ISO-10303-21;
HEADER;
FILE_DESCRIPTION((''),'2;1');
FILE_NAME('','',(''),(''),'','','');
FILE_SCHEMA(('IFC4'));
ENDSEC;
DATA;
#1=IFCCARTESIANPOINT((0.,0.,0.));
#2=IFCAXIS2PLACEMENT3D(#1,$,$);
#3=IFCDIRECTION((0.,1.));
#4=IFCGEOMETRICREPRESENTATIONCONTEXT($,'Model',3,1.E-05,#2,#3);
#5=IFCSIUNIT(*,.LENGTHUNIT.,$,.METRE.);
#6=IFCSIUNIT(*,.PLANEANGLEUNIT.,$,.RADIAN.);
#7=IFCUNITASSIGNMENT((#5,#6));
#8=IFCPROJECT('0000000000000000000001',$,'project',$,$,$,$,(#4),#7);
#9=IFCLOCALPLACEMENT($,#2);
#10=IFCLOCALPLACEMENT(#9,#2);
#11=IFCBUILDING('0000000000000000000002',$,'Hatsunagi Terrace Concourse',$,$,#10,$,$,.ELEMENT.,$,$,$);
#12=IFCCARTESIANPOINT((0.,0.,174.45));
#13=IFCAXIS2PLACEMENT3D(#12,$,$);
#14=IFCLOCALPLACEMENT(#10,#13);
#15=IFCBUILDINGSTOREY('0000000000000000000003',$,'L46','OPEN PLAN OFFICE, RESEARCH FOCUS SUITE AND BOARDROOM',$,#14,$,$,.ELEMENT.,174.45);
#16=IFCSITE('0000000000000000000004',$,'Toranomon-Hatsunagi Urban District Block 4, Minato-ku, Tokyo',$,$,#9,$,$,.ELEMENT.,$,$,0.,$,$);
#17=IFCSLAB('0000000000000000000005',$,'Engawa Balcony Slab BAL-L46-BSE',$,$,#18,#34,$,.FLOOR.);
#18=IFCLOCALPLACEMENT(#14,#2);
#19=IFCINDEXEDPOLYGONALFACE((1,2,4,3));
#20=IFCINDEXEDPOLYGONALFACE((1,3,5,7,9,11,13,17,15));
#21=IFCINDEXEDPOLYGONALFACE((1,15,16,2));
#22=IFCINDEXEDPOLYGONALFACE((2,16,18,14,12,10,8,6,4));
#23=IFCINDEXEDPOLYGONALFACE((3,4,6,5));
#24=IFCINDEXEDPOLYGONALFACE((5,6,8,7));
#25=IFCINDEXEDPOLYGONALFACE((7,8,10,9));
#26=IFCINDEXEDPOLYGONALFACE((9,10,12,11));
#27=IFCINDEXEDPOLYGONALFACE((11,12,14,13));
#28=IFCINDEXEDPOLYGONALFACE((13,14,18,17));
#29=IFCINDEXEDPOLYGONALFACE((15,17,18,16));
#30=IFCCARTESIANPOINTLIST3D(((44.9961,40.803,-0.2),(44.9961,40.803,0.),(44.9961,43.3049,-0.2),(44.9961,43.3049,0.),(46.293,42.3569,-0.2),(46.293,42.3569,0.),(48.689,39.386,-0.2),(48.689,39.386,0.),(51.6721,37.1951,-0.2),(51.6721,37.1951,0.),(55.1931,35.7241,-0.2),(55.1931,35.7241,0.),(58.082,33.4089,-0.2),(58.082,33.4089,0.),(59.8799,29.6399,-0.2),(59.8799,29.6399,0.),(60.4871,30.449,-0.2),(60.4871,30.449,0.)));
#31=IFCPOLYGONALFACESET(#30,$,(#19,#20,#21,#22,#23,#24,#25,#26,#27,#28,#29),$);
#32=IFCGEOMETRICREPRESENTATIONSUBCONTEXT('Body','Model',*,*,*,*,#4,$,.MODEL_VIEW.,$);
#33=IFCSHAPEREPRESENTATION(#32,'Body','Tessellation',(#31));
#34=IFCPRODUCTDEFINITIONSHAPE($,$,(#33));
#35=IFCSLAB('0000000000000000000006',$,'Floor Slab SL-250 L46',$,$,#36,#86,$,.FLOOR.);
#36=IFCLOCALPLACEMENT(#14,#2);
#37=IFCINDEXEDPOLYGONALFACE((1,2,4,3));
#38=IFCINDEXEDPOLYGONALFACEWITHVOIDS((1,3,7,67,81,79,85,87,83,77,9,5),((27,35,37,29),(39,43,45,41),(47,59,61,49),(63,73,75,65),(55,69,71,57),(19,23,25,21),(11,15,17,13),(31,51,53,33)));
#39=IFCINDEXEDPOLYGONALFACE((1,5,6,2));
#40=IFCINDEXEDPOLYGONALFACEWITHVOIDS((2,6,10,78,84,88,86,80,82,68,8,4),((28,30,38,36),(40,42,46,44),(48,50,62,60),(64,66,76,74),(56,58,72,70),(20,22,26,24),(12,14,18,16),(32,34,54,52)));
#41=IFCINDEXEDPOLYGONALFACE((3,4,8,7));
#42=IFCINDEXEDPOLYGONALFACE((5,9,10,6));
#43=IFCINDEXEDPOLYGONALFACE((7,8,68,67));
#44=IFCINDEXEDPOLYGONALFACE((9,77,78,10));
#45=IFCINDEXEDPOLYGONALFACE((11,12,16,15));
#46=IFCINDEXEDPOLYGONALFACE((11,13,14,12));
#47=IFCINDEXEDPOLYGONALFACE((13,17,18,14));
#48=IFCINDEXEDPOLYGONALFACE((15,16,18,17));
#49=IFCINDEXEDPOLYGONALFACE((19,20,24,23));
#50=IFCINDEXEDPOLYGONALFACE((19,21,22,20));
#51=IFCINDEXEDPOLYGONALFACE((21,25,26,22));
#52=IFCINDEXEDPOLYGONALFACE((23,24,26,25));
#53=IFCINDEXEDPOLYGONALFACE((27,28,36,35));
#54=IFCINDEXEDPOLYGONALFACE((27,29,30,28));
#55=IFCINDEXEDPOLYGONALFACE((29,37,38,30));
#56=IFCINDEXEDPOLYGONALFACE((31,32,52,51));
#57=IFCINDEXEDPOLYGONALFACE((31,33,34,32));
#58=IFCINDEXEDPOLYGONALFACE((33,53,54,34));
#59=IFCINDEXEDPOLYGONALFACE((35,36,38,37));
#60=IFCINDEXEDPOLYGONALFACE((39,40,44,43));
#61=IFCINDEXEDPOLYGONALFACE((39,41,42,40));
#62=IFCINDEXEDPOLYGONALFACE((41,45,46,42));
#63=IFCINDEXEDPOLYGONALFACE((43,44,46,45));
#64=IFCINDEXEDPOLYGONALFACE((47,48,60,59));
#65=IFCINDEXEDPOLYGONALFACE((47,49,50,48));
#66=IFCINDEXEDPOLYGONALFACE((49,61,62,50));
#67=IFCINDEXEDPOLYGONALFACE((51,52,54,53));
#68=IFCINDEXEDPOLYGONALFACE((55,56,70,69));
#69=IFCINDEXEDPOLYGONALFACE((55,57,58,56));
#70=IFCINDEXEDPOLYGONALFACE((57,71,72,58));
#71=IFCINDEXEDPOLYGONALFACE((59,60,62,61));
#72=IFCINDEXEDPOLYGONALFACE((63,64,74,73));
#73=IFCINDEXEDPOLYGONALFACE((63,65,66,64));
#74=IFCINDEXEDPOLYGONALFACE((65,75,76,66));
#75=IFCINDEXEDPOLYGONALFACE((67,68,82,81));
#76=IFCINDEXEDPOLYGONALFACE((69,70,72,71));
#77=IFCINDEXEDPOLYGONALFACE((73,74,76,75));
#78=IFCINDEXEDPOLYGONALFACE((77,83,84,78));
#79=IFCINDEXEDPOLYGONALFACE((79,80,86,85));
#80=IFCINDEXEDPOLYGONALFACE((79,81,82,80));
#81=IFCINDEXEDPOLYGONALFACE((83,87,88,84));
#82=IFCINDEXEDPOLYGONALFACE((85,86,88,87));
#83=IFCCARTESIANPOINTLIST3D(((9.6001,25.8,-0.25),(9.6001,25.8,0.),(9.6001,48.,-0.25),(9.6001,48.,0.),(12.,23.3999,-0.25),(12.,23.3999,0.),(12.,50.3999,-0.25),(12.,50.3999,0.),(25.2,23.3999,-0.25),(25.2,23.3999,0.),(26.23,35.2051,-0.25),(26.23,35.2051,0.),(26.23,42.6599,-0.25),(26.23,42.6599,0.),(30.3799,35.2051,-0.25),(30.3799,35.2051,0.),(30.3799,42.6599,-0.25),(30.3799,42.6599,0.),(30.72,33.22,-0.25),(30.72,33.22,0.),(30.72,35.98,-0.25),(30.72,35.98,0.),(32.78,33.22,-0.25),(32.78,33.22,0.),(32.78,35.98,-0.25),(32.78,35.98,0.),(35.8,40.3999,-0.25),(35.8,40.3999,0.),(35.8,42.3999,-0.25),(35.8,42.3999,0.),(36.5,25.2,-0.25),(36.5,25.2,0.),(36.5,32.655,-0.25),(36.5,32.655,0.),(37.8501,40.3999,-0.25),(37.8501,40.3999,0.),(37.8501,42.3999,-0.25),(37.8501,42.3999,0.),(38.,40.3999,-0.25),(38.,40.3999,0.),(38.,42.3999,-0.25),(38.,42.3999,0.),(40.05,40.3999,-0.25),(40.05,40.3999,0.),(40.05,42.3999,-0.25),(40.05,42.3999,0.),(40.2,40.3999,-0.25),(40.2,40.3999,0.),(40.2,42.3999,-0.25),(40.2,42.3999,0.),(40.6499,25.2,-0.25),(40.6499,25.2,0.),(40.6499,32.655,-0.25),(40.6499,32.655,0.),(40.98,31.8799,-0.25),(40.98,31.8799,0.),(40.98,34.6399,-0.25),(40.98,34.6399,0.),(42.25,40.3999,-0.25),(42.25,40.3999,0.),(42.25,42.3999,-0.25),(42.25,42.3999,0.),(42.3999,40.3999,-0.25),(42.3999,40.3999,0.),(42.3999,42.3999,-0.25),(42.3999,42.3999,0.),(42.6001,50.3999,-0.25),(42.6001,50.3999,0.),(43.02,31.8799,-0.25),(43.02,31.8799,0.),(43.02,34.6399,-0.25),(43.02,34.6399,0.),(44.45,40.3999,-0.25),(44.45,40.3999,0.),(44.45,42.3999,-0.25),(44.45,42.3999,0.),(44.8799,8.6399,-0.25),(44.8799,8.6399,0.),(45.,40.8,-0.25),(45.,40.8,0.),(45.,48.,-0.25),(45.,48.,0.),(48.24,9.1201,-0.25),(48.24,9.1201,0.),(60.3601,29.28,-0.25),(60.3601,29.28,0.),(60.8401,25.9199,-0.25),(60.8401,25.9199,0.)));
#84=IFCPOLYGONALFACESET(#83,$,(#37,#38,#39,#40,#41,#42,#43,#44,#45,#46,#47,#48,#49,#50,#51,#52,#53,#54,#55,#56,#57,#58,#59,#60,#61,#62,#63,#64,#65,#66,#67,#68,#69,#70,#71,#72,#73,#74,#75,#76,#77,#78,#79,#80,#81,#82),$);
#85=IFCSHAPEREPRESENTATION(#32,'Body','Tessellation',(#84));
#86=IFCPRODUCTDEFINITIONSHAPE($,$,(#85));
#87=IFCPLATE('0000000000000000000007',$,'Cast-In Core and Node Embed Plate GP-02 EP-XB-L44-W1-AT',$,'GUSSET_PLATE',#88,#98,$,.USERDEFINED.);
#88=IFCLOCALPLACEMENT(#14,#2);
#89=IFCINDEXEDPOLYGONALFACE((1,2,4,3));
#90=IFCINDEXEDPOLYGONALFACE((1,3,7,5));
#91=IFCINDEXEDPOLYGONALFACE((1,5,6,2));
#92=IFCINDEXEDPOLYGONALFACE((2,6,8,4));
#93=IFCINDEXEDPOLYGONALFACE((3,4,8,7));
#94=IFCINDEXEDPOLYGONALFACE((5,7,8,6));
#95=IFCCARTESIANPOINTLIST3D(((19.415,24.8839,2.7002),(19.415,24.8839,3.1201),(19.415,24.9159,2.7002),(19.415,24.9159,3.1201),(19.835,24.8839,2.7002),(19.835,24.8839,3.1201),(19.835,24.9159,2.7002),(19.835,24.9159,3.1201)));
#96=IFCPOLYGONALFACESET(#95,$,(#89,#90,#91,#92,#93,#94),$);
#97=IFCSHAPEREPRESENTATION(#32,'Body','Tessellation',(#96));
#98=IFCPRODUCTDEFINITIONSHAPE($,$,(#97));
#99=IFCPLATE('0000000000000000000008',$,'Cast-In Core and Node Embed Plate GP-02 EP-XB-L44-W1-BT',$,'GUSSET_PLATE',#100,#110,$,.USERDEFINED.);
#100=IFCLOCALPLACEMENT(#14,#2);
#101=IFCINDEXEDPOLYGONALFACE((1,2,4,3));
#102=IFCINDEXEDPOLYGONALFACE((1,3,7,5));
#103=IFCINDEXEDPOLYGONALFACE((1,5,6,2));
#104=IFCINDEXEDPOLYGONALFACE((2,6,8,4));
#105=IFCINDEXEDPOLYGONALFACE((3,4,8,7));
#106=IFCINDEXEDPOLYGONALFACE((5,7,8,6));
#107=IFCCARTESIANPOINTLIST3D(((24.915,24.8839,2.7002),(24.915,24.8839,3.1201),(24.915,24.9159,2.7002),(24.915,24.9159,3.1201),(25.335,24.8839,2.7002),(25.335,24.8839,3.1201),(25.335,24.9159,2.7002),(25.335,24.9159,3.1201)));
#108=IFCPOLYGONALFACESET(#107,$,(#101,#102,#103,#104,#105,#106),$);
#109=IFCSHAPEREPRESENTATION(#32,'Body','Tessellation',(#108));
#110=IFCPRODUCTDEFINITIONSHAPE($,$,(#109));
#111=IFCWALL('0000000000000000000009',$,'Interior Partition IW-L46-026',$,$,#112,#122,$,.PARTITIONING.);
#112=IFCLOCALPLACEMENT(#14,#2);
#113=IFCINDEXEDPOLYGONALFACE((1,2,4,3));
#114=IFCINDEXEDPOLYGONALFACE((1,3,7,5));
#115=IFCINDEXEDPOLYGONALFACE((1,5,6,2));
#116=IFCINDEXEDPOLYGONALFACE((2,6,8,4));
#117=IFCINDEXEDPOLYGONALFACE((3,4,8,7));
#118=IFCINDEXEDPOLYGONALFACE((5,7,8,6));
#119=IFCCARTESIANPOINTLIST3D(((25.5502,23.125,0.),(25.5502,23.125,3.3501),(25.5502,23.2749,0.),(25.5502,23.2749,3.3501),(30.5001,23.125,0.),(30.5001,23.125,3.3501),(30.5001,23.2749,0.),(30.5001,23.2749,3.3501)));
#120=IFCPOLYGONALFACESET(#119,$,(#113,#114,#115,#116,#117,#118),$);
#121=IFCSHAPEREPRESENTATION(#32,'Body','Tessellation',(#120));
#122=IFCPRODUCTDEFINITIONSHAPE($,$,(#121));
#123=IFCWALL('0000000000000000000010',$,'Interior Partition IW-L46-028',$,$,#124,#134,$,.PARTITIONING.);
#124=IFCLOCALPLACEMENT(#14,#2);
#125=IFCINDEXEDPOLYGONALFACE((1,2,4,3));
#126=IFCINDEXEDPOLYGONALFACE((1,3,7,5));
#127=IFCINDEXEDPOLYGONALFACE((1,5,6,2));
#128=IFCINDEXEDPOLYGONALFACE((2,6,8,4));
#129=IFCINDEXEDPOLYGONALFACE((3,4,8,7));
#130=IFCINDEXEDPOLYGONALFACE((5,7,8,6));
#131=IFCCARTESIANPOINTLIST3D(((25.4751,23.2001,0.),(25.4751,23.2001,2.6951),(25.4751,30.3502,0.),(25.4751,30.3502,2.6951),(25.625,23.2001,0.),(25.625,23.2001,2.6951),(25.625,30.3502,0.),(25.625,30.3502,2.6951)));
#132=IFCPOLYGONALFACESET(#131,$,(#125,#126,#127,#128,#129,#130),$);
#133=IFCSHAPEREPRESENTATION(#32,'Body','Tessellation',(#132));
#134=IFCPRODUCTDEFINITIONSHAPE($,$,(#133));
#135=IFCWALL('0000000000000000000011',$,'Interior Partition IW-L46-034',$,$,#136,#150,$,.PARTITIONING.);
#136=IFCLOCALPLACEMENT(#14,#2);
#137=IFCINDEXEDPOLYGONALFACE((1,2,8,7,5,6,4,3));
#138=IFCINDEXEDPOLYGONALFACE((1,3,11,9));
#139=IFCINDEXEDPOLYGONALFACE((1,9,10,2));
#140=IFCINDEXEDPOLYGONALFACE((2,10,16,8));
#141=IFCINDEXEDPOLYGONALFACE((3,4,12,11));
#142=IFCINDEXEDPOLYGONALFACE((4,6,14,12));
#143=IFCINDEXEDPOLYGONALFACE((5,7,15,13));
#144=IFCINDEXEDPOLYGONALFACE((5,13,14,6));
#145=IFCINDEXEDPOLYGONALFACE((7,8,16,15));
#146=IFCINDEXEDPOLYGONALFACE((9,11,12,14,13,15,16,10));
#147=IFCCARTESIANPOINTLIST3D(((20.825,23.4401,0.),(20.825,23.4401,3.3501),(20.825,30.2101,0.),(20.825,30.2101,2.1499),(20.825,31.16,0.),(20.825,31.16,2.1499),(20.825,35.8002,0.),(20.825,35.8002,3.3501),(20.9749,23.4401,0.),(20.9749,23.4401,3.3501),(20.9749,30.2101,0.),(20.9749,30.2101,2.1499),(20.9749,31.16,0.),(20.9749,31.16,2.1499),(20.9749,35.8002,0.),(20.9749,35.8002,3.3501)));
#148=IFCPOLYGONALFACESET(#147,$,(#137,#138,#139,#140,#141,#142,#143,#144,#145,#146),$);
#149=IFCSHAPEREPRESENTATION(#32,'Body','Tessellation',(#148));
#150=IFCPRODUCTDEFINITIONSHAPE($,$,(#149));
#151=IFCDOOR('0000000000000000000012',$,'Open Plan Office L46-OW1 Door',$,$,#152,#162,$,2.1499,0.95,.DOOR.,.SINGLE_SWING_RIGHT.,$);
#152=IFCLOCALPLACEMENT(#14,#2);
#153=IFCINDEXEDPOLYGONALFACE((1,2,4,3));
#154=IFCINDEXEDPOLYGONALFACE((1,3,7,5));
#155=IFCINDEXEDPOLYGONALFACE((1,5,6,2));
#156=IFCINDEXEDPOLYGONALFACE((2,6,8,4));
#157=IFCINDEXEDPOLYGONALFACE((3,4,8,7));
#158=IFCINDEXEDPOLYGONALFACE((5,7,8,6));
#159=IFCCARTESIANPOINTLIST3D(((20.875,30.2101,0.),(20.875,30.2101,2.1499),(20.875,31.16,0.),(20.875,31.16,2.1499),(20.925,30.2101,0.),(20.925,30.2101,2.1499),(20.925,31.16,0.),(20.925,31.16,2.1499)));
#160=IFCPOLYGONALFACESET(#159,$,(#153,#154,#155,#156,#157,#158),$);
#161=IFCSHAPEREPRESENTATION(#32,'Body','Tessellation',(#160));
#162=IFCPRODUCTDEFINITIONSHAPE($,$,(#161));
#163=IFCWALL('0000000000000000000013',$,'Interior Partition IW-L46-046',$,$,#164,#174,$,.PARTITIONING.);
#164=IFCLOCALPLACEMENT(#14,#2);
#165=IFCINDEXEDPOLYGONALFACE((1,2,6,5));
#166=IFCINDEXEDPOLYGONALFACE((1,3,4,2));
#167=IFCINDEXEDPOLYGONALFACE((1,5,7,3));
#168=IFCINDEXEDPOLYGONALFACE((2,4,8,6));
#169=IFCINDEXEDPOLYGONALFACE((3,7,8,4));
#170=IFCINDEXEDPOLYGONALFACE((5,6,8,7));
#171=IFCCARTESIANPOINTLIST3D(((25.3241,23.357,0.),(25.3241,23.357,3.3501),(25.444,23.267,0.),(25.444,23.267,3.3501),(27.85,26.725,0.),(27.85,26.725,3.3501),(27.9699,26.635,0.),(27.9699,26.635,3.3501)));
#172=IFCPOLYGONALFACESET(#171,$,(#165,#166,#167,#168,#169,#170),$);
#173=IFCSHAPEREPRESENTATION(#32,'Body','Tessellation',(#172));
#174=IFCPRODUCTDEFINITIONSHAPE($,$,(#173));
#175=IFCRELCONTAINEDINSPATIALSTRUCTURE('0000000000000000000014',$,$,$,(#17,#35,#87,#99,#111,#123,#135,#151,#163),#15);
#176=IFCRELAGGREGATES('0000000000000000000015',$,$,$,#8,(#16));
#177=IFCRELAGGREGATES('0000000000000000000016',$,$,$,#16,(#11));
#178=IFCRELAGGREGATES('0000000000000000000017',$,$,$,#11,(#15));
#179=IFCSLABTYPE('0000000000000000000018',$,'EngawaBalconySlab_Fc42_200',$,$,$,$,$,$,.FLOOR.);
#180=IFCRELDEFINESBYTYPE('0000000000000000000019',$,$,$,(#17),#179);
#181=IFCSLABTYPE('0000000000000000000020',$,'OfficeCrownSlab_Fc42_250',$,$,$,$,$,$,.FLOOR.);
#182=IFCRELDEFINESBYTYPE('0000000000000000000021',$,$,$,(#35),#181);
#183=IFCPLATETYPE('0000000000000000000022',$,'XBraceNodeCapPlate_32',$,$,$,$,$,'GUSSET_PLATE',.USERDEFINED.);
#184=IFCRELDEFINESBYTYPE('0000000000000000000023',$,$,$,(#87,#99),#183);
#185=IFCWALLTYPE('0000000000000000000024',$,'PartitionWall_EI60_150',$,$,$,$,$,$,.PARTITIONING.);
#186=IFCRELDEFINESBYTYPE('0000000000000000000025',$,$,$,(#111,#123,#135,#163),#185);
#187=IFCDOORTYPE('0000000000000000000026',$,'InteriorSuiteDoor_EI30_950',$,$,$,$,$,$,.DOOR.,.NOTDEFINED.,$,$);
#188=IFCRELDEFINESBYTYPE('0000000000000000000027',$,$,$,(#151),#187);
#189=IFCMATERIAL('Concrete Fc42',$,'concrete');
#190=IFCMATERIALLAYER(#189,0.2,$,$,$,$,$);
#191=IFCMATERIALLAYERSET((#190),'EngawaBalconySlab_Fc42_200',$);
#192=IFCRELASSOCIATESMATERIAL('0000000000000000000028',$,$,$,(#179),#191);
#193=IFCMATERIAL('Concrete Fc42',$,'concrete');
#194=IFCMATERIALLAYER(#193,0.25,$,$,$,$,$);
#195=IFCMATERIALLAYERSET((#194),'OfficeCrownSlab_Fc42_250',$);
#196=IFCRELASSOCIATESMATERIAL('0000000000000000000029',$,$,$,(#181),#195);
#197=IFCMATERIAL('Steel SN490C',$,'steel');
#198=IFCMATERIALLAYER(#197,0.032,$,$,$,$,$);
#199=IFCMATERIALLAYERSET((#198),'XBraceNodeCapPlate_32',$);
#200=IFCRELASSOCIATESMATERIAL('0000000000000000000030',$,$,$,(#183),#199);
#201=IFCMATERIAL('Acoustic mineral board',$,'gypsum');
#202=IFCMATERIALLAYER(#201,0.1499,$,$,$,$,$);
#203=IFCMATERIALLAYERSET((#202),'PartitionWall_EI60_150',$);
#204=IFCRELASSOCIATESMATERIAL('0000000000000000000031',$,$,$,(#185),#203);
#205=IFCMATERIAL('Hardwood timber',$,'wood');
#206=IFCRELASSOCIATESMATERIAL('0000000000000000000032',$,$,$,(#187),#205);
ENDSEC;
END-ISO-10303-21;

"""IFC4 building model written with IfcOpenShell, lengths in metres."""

from ifc_helpers import new_model, si_unit, direction, frame, frame_2d, origin, origin_2d, place, context, subcontext, project, spatial, polyline, rectangle, outline, extrude, material, layer, layer_set, type_object, element, fill, save


model = new_model("IFC4")

# Units and contexts
model_context = context("Model", 3, precision=1e-05, world=origin(), true_north=direction((0.0, 1.0)))
body_context = subcontext(model_context, "Body", "Model", "MODEL_VIEW")
ifc_project = project(units=[si_unit("LENGTHUNIT", "METRE"), si_unit("PLANEANGLEUNIT", "RADIAN")], contexts=[model_context])

# Site, building, storey
site_placement = place(None, origin())
site = spatial("IfcSite", under=ifc_project, at=site_placement, Name="Toranomon-Hatsunagi Urban District Block 4, Minato-ku, Tokyo", CompositionType="ELEMENT", RefElevation=0.0)
building_placement = place(site_placement, origin())
building = spatial("IfcBuilding", under=site, at=building_placement, Name="Hatsunagi Terrace Concourse", CompositionType="ELEMENT")
storey_placement = place(building_placement, frame((0.0, 0.0, 174.45)))
storey = spatial("IfcBuildingStorey", under=building, at=storey_placement, Name="L46", Description="OPEN PLAN OFFICE, RESEARCH FOCUS SUITE AND BOARDROOM", CompositionType="ELEMENT", Elevation=174.45)

# Slabs
ifc_material_1 = material(Name="Concrete Fc42", Category="concrete")
ifc_layer_1 = layer(ifc_material_1, 0.2)
ifc_layer_set_1 = layer_set([ifc_layer_1], Name="EngawaBalconySlab_Fc42_200")
slab_type_1 = type_object("IfcSlabType", Name="EngawaBalconySlab_Fc42_200", PredefinedType="FLOOR", material=ifc_layer_set_1)
slab_1_placement = place(storey_placement, frame((0.0, 0.0, -0.2)))
element("IfcSlab", 1, at=slab_1_placement, inside=storey, type_object=slab_type_1, Name="Engawa Balcony Slab BAL-L46-BSE", PredefinedType="FLOOR", context=body_context, shape_type="SweptSolid", body=[
    extrude(outline(polyline([(46.293, 42.3569), (44.9961, 43.3049), (44.9961, 40.803), (59.8799, 29.6399), (60.4871, 30.449), (58.082, 33.4089), (55.1931, 35.7241), (51.6721, 37.1951), (48.689, 39.386), (46.293, 42.3569)])), origin(), (0.0, 0.0, 1.0), 0.2),
])
ifc_material_2 = material(Name="Concrete Fc42", Category="concrete")
ifc_layer_2 = layer(ifc_material_2, 0.25)
ifc_layer_set_2 = layer_set([ifc_layer_2], Name="OfficeCrownSlab_Fc42_250")
slab_type_2 = type_object("IfcSlabType", Name="OfficeCrownSlab_Fc42_250", PredefinedType="FLOOR", material=ifc_layer_set_2)
slab_2_placement = place(storey_placement, frame((0.0, 0.0, -0.25)))
element("IfcSlab", 2, at=slab_2_placement, inside=storey, type_object=slab_type_2, Name="Floor Slab SL-250 L46", PredefinedType="FLOOR", context=body_context, shape_type="SweptSolid", body=[
    extrude(outline(polyline([(45.0, 40.8), (45.0, 48.0), (42.6001, 50.3999), (12.0, 50.3999), (9.6001, 48.0), (9.6001, 25.8), (12.0, 23.3999), (25.2, 23.3999), (44.8799, 8.6399), (48.24, 9.1201), (60.8401, 25.9199), (60.3601, 29.28), (45.0, 40.8)]), holes=[polyline([(26.23, 35.2051), (30.3799, 35.2051), (30.3799, 42.6599), (26.23, 42.6599), (26.23, 35.2051)]), polyline([(36.5, 25.2), (40.6499, 25.2), (40.6499, 32.655), (36.5, 32.655), (36.5, 25.2)]), polyline([(30.72, 33.22), (32.78, 33.22), (32.78, 35.98), (30.72, 35.98), (30.72, 33.22)]), polyline([(40.98, 31.8799), (43.02, 31.8799), (43.02, 34.6399), (40.98, 34.6399), (40.98, 31.8799)]), polyline([(35.8, 40.3999), (37.8501, 40.3999), (37.8501, 42.3999), (35.8, 42.3999), (35.8, 40.3999)]), polyline([(38.0, 40.3999), (40.05, 40.3999), (40.05, 42.3999), (38.0, 42.3999), (38.0, 40.3999)]), polyline([(40.2, 40.3999), (42.25, 40.3999), (42.25, 42.3999), (40.2, 42.3999), (40.2, 40.3999)]), polyline([(42.3999, 40.3999), (44.45, 40.3999), (44.45, 42.3999), (42.3999, 42.3999), (42.3999, 40.3999)])]), origin(), (0.0, 0.0, 1.0), 0.25),
])

# Plates
ifc_material_3 = material(Name="Steel SN490C", Category="steel")
ifc_layer_3 = layer(ifc_material_3, 0.032)
ifc_layer_set_3 = layer_set([ifc_layer_3], Name="XBraceNodeCapPlate_32")
plate_type_1 = type_object("IfcPlateType", Name="XBraceNodeCapPlate_32", ElementType="GUSSET_PLATE", PredefinedType="USERDEFINED", material=ifc_layer_set_3)
for number, where, z_axis, x_axis, name in (
    (3, (19.625, 24.8999, 2.7002), (0.0, 0.0, 1.0), (1.0, 0.0, 0.0), "Cast-In Core and Node Embed Plate GP-02 EP-XB-L44-W1-AT"),
    (4, (25.125, 24.8999, 2.7002), (0.0, 0.0, 1.0), (1.0, 0.0, 0.0), "Cast-In Core and Node Embed Plate GP-02 EP-XB-L44-W1-BT"),
):
    element("IfcPlate", number, at=place(storey_placement, frame(where, z_axis=z_axis, x_axis=x_axis)), inside=storey, type_object=plate_type_1, Name=name, ObjectType="GUSSET_PLATE", PredefinedType="USERDEFINED", context=body_context, shape_type="SweptSolid", body=[
        extrude(rectangle(XDim=0.4199, YDim=0.032, at=origin_2d()), origin(), (0.0, 0.0, 1.0), 0.4199),
    ])

# Walls
ifc_material_4 = material(Name="Acoustic mineral board", Category="gypsum")
ifc_layer_4 = layer(ifc_material_4, 0.1499)
ifc_layer_set_4 = layer_set([ifc_layer_4], Name="PartitionWall_EI60_150")
wall_type_1 = type_object("IfcWallType", Name="PartitionWall_EI60_150", PredefinedType="PARTITIONING", material=ifc_layer_set_4)
wall_1_placement = place(storey_placement, frame((25.55, 23.2, 0.0), z_axis=(0.0, 0.0, 1.0), x_axis=(1.0, 0.0, 0.0)))
element("IfcWall", 5, at=wall_1_placement, inside=storey, type_object=wall_type_1, Name="Interior Partition IW-L46-026", PredefinedType="PARTITIONING", context=body_context, shape_type="SweptSolid", body=[
    extrude(rectangle(XDim=4.95, YDim=0.1499, at=frame_2d((2.4751, 0.0))), origin(), (0.0, 0.0, 1.0), 3.3501),
])
wall_2_placement = place(storey_placement, frame((25.55, 23.2, 0.0), z_axis=(0.0, 0.0, 1.0), x_axis=(0.0, 1.0, 0.0)))
element("IfcWall", 6, at=wall_2_placement, inside=storey, type_object=wall_type_1, Name="Interior Partition IW-L46-028", PredefinedType="PARTITIONING", context=body_context, shape_type="SweptSolid", body=[
    extrude(rectangle(XDim=7.1501, YDim=0.1499, at=frame_2d((3.5752, 0.0))), origin(), (0.0, 0.0, 1.0), 2.6951),
])

# Wall, opening, door
wall_3_placement = place(storey_placement, frame((20.8999, 23.4399, 0.0), z_axis=(0.0, 0.0, 1.0), x_axis=(0.0, 1.0, 0.0)))
wall_3 = element("IfcWall", 7, at=wall_3_placement, inside=storey, type_object=wall_type_1, Name="Interior Partition IW-L46-034", PredefinedType="PARTITIONING", context=body_context, shape_type="SweptSolid", body=[
    extrude(rectangle(XDim=12.3601, YDim=0.1499, at=frame_2d((6.1802, 0.0))), origin(), (0.0, 0.0, 1.0), 3.3501),
])
opening_placement = place(wall_3_placement, frame((6.77, 0.0, 0.0)))
opening = element("IfcOpeningElement", 8, at=opening_placement, cuts=wall_3, PredefinedType="OPENING", context=body_context, shape_type="SweptSolid", body=[
    extrude(rectangle(XDim=0.95, YDim=2.1499, at=frame_2d((0.4751, 1.075))), frame((0.0, 0.085, 0.0), z_axis=(0.0, -1.0, 0.0), x_axis=(1.0, 0.0, 0.0)), (0.0, 0.0, 1.0), 0.1699),
])
ifc_material_5 = material(Name="Hardwood timber", Category="wood")
door_type = type_object("IfcDoorType", Name="InteriorSuiteDoor_EI30_950", OperationType="NOTDEFINED", PredefinedType="DOOR", material=ifc_material_5)
door_placement = place(opening_placement, origin())
door = element("IfcDoor", 9, at=door_placement, inside=storey, type_object=door_type, Name="Open Plan Office L46-OW1 Door", OperationType="SINGLE_SWING_RIGHT", OverallHeight=2.1499, OverallWidth=0.95, PredefinedType="DOOR", context=body_context, shape_type="SweptSolid", body=[
    extrude(rectangle(XDim=0.95, YDim=2.1499, at=frame_2d((0.4751, 1.075))), frame((0.0, 0.0249, 0.0), z_axis=(0.0, -1.0, 0.0), x_axis=(1.0, 0.0, 0.0)), (0.0, 0.0, 1.0), 0.05),
])
fill(opening, door)

# Wall
wall_4_placement = place(storey_placement, frame((25.384, 23.312, 0.0), z_axis=(0.0, 0.0, 1.0), x_axis=(0.599991, 0.800007, 0.0)))
element("IfcWall", 10, at=wall_4_placement, inside=storey, type_object=wall_type_1, Name="Interior Partition IW-L46-046", PredefinedType="PARTITIONING", context=body_context, shape_type="SweptSolid", body=[
    extrude(rectangle(XDim=4.21, YDim=0.1499, at=frame_2d((2.105, 0.0))), origin(), (0.0, 0.0, 1.0), 3.3501),
])

save(model, "model.ifc")
